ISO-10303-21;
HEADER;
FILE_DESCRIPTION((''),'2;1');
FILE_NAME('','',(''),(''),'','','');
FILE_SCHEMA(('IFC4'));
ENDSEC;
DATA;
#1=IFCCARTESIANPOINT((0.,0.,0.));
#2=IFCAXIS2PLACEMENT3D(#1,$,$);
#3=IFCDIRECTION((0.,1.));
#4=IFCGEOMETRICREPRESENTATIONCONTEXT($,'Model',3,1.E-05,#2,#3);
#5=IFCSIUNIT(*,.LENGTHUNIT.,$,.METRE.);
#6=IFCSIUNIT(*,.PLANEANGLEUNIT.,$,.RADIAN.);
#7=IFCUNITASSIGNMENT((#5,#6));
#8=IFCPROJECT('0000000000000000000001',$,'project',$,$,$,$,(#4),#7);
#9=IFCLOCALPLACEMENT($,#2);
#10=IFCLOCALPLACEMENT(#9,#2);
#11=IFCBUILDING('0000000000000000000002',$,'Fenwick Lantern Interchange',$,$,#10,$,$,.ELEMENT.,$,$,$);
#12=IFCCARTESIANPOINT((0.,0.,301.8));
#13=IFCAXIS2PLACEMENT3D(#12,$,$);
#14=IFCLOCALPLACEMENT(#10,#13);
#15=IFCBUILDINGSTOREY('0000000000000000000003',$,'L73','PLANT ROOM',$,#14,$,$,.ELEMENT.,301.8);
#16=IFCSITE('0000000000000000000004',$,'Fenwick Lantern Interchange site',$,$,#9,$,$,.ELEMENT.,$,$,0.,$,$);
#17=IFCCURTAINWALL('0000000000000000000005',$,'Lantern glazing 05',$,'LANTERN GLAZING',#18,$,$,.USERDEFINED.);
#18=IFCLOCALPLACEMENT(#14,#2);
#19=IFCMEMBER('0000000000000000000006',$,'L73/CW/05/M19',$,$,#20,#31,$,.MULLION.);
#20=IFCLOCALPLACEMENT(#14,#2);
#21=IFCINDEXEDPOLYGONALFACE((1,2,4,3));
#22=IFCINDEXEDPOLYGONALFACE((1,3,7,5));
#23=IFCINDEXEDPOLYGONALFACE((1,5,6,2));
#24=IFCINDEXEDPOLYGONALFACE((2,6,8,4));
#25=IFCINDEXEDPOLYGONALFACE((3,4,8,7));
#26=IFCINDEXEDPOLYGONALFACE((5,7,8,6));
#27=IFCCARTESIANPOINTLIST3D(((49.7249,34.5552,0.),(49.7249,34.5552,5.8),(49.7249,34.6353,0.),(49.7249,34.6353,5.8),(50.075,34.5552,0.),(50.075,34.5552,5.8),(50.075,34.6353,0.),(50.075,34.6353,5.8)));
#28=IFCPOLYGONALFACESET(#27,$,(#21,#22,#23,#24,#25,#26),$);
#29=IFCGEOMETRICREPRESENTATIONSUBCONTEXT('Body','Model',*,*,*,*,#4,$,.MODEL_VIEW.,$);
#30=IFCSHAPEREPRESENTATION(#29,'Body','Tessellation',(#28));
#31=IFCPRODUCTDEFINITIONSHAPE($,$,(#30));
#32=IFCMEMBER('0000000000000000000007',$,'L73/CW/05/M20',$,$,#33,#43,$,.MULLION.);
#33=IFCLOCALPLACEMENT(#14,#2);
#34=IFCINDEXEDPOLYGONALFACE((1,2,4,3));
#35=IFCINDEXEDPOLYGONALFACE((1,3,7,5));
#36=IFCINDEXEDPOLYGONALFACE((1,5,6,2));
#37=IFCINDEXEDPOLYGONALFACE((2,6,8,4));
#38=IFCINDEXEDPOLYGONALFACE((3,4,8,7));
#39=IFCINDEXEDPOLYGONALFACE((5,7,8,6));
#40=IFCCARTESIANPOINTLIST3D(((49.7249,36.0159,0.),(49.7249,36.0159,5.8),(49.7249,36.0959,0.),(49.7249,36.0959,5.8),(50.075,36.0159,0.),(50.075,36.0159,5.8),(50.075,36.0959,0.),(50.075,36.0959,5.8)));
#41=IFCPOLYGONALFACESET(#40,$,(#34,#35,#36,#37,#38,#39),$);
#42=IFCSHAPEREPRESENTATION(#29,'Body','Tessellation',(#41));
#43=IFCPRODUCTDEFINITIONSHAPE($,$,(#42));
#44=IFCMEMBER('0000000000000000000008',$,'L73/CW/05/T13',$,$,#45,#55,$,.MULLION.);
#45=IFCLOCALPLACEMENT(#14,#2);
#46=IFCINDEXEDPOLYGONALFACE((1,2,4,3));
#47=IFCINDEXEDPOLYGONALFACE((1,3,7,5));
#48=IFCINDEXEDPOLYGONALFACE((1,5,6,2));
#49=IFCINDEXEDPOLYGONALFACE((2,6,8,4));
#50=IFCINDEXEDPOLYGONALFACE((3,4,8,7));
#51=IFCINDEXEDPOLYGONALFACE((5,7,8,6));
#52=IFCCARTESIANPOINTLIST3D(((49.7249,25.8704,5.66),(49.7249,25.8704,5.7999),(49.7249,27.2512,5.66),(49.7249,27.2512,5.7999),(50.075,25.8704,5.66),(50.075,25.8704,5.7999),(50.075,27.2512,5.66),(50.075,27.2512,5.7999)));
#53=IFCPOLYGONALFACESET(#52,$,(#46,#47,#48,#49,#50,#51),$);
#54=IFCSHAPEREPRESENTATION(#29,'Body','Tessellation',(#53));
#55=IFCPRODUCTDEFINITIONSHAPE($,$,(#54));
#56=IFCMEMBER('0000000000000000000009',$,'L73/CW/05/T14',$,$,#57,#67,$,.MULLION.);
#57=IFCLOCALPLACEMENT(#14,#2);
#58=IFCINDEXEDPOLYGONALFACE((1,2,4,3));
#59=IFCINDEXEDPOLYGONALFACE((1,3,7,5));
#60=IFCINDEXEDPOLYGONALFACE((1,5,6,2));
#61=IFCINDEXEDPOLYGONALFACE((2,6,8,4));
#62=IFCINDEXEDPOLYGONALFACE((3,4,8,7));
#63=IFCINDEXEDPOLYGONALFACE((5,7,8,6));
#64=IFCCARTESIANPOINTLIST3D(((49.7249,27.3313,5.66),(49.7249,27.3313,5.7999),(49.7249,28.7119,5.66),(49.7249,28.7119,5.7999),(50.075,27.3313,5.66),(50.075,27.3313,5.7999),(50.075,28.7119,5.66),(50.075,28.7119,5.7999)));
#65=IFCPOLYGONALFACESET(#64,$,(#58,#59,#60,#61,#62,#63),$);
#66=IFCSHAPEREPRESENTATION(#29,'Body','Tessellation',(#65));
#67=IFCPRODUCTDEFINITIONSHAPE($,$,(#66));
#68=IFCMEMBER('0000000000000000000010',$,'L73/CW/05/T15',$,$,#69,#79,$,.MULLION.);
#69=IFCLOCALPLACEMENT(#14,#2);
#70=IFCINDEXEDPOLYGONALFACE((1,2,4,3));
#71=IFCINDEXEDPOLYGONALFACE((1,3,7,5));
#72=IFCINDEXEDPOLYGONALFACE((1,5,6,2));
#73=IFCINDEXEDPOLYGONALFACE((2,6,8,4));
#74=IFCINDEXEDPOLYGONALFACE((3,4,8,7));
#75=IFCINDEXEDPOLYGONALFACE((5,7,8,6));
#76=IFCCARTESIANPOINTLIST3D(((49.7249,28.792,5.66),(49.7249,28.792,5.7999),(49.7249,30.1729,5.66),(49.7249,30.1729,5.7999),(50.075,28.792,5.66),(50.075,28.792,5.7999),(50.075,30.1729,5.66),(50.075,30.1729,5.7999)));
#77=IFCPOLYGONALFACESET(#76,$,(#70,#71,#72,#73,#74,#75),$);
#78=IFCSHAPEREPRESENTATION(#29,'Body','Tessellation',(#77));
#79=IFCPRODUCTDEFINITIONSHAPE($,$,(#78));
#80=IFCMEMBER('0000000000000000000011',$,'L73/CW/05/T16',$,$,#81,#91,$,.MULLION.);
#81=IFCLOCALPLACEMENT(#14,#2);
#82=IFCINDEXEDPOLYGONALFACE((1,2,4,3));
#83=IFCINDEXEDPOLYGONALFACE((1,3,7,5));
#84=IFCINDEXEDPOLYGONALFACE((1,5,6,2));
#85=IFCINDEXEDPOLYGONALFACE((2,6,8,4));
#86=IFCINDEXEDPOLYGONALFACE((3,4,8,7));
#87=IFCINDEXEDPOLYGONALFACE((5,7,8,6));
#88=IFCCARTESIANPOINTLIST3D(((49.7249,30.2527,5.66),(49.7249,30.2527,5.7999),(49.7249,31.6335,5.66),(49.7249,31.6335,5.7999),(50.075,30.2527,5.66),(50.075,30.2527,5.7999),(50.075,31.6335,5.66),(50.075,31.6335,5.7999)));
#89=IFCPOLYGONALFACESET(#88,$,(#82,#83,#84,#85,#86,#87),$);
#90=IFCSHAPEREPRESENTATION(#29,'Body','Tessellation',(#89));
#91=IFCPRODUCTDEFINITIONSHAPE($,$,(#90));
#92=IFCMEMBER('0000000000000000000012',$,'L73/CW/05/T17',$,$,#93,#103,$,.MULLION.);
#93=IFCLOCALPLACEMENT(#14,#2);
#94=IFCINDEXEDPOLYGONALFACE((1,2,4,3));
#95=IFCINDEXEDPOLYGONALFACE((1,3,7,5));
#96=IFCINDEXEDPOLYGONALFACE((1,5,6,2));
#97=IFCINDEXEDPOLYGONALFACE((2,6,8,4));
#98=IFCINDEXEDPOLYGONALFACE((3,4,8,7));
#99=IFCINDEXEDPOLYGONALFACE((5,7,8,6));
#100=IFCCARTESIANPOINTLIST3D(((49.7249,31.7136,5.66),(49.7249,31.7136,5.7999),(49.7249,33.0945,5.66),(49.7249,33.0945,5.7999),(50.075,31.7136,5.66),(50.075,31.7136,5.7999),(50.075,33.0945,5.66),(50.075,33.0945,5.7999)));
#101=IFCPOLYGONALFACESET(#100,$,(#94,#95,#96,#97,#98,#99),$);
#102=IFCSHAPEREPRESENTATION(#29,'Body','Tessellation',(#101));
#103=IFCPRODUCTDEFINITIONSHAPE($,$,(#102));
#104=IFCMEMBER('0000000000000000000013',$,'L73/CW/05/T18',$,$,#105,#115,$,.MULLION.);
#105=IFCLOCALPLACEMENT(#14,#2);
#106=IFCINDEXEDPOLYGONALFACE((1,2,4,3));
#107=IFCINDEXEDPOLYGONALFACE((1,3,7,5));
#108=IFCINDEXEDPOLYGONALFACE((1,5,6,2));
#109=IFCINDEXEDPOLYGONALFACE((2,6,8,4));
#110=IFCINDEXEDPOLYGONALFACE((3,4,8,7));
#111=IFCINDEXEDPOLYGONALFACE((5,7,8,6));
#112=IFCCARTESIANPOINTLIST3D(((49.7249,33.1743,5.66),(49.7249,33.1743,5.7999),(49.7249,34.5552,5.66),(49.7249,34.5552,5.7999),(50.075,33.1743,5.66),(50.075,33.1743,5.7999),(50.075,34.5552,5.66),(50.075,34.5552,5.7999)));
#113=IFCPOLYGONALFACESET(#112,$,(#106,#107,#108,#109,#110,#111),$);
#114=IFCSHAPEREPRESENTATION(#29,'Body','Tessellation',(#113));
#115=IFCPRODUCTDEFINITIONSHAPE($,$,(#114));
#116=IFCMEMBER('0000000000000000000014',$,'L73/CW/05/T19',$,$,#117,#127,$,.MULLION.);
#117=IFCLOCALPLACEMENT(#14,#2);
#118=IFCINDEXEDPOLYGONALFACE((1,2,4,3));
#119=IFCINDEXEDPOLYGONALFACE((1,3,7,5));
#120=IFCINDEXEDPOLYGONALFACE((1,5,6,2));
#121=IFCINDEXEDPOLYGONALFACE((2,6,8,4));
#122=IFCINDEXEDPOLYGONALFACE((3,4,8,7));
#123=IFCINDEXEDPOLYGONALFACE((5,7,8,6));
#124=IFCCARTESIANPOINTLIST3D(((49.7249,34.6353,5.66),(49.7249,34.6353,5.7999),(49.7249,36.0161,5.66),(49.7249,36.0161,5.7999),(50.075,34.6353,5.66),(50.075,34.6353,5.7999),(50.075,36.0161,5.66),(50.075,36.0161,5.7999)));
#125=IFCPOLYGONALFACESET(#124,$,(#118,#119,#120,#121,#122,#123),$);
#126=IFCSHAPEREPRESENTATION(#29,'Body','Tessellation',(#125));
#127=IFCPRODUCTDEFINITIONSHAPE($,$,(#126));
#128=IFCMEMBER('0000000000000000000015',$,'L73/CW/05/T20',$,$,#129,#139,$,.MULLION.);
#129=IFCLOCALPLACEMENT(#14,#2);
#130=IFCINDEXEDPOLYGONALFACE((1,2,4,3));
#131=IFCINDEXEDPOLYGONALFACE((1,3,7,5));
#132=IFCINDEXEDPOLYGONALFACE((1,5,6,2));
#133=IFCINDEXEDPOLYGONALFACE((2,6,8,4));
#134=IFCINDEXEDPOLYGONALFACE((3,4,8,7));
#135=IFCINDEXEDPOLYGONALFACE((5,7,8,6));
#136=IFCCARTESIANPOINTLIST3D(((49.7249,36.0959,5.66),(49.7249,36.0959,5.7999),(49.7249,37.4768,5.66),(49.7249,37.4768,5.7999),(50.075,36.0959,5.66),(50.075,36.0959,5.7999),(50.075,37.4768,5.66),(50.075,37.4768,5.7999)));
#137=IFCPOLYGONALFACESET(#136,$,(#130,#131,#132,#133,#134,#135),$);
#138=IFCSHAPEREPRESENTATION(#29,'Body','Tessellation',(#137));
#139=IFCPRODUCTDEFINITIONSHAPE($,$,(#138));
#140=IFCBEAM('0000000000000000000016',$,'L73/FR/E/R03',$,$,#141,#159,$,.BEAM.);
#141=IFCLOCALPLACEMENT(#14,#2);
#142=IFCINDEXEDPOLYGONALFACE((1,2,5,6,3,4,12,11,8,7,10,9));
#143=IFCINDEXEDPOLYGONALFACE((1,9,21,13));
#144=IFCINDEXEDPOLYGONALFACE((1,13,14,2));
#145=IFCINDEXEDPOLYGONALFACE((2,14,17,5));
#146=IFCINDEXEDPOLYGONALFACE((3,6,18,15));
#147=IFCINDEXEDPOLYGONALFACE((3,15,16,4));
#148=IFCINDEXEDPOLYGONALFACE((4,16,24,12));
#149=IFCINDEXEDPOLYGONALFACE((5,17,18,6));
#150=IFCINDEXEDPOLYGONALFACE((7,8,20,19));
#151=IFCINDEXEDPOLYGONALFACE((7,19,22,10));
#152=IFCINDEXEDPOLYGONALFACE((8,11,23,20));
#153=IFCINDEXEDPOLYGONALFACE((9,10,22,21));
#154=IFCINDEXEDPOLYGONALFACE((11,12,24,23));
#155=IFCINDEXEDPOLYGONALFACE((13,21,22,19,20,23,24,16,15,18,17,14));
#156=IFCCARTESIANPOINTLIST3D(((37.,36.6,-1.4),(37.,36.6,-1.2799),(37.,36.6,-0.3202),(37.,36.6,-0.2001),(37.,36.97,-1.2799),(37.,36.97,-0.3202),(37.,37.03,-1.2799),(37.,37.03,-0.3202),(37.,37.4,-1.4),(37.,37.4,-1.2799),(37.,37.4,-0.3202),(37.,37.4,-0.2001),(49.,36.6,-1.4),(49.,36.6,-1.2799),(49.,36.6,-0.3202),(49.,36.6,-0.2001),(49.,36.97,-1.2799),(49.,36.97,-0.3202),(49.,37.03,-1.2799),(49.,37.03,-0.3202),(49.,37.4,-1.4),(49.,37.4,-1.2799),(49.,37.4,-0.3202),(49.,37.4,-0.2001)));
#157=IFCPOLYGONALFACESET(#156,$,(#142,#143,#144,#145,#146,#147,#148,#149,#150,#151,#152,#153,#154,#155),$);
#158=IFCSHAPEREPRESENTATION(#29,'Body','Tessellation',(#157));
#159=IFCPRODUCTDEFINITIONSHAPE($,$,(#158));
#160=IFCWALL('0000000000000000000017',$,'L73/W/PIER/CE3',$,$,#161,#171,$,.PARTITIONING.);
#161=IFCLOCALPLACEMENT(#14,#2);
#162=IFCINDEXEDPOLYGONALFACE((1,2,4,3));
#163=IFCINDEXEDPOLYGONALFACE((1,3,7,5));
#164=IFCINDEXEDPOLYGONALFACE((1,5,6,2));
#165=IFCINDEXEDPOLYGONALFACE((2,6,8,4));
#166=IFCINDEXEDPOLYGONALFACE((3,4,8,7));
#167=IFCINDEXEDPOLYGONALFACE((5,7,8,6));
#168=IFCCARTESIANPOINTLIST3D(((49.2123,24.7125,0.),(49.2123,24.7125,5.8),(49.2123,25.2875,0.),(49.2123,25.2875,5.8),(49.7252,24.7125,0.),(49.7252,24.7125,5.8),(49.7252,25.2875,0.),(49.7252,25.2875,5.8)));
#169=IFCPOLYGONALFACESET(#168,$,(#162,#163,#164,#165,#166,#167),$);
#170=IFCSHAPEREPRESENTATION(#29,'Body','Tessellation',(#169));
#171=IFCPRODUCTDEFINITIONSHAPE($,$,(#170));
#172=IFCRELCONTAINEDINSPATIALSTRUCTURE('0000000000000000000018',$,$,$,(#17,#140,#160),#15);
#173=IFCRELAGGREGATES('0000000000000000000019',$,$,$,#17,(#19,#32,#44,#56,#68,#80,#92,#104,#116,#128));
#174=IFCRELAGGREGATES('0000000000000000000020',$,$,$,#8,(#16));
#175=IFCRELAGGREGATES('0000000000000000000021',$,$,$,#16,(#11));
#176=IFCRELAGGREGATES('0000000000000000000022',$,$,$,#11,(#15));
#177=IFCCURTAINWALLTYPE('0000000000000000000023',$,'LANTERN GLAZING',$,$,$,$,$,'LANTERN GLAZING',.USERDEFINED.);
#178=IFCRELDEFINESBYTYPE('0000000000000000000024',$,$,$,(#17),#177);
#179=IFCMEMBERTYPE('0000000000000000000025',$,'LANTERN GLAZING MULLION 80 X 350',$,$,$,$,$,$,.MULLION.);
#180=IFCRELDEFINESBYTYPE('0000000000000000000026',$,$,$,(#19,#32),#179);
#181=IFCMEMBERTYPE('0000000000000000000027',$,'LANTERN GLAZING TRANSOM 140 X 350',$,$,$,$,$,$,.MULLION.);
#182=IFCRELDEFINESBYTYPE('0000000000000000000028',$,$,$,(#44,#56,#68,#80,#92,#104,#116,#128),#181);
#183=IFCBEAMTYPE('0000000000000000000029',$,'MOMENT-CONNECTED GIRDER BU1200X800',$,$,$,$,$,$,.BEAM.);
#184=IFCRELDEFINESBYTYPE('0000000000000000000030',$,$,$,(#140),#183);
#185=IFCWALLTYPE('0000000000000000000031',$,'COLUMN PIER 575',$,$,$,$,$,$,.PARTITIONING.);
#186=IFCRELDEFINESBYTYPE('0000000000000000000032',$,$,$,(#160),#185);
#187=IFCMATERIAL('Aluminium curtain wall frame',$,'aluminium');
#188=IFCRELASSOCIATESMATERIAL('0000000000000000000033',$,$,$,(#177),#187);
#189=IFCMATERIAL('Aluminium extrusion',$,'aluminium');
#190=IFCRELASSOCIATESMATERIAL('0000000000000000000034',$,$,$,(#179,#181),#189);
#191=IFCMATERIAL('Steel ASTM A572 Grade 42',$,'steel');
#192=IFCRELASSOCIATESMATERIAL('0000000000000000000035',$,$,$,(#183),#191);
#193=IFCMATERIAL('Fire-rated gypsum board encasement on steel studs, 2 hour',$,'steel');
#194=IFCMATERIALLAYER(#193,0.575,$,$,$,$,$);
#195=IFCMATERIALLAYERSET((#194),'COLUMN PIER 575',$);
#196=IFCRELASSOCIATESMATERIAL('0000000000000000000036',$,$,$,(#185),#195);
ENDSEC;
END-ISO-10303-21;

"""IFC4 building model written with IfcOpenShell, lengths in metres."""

from ifc_helpers import new_model, si_unit, direction, frame, frame_2d, origin, origin_2d, place, context, subcontext, project, spatial, rectangle, i_section, extrude, material, layer, layer_set, material_profile, profile_set, type_object, element, aggregate, save


model = new_model("IFC4")

# Units and contexts
model_context = context("Model", 3, precision=1e-05, world=origin(), true_north=direction((0.0, 1.0)))
body_context = subcontext(model_context, "Body", "Model", "MODEL_VIEW")
ifc_project = project(units=[si_unit("LENGTHUNIT", "METRE"), si_unit("PLANEANGLEUNIT", "RADIAN")], contexts=[model_context])

# Site, building, storey
site_placement = place(None, origin())
site = spatial("IfcSite", under=ifc_project, at=site_placement, Name="Fenwick Lantern Interchange site", CompositionType="ELEMENT", RefElevation=0.0)
building_placement = place(site_placement, origin())
building = spatial("IfcBuilding", under=site, at=building_placement, Name="Fenwick Lantern Interchange", CompositionType="ELEMENT")
storey_placement = place(building_placement, frame((0.0, 0.0, 301.8)))
storey = spatial("IfcBuildingStorey", under=building, at=storey_placement, Name="L73", Description="PLANT ROOM", CompositionType="ELEMENT", Elevation=301.8)

# Curtain wall, members
ifc_material_1 = material(Name="Aluminium curtain wall frame", Category="aluminium")
curtain_wall_type = type_object("IfcCurtainWallType", Name="LANTERN GLAZING", ElementType="LANTERN GLAZING", PredefinedType="USERDEFINED", material=ifc_material_1)
curtain_wall_placement = place(storey_placement, origin())
curtain_wall = element("IfcCurtainWall", 1, at=curtain_wall_placement, inside=storey, type_object=curtain_wall_type, Name="Lantern glazing 05", ObjectType="LANTERN GLAZING", PredefinedType="USERDEFINED")
ifc_material_2 = material(Name="Aluminium extrusion", Category="aluminium")
ifc_material_profile_1 = material_profile(ifc_material_2, rectangle(XDim=0.3501, YDim=0.0801, at=origin_2d()), Name="LANTERN GLAZING MULLION 80 X 350")
ifc_profile_set_1 = profile_set([ifc_material_profile_1], Name="Aluminium extrusion")
member_type_1 = type_object("IfcMemberType", Name="LANTERN GLAZING MULLION 80 X 350", PredefinedType="MULLION", material=ifc_profile_set_1)
member_1_placement = place(storey_placement, frame((49.8999, 34.5952, 0.0), z_axis=(0.0, 0.0, 1.0), x_axis=(-1.0, 0.0, 0.0)))
member_1 = element("IfcMember", 2, at=member_1_placement, type_object=member_type_1, Name="L73/CW/05/M19", PredefinedType="MULLION", context=body_context, shape_type="SweptSolid", body=[
    extrude(rectangle(XDim=0.3501, YDim=0.0801, at=origin_2d()), origin(), (0.0, 0.0, 1.0), 5.8),
])
member_2_placement = place(storey_placement, frame((49.8999, 36.0559, 0.0), z_axis=(0.0, 0.0, 1.0), x_axis=(-1.0, 0.0, 0.0)))
member_2 = element("IfcMember", 3, at=member_2_placement, type_object=member_type_1, Name="L73/CW/05/M20", PredefinedType="MULLION", context=body_context, shape_type="SweptSolid", body=[
    extrude(rectangle(XDim=0.3501, YDim=0.0801, at=origin_2d()), origin(), (0.0, 0.0, 1.0), 5.8),
])
ifc_material_profile_2 = material_profile(ifc_material_2, rectangle(XDim=0.3501, YDim=0.1399, at=origin_2d()), Name="LANTERN GLAZING TRANSOM 140 X 350")
ifc_profile_set_2 = profile_set([ifc_material_profile_2], Name="Aluminium extrusion")
member_type_2 = type_object("IfcMemberType", Name="LANTERN GLAZING TRANSOM 140 X 350", PredefinedType="MULLION", material=ifc_profile_set_2)
member_3_placement = place(storey_placement, frame((49.8999, 25.8704, 5.73), z_axis=(0.0, 1.0, 0.0), x_axis=(-1.0, 0.0, 0.0)))
member_3 = element("IfcMember", 4, at=member_3_placement, type_object=member_type_2, Name="L73/CW/05/T13", PredefinedType="MULLION", context=body_context, shape_type="SweptSolid", body=[
    extrude(rectangle(XDim=0.3501, YDim=0.1399, at=origin_2d()), origin(), (0.0, 0.0, 1.0), 1.3809),
])
member_4_placement = place(storey_placement, frame((49.8999, 27.3313, 5.73), z_axis=(0.0, 1.0, 0.0), x_axis=(-1.0, 0.0, 0.0)))
member_4 = element("IfcMember", 5, at=member_4_placement, type_object=member_type_2, Name="L73/CW/05/T14", PredefinedType="MULLION", context=body_context, shape_type="SweptSolid", body=[
    extrude(rectangle(XDim=0.3501, YDim=0.1399, at=origin_2d()), origin(), (0.0, 0.0, 1.0), 1.3806),
])
member_5_placement = place(storey_placement, frame((49.8999, 28.792, 5.73), z_axis=(0.0, 1.0, 0.0), x_axis=(-1.0, 0.0, 0.0)))
member_5 = element("IfcMember", 6, at=member_5_placement, type_object=member_type_2, Name="L73/CW/05/T15", PredefinedType="MULLION", context=body_context, shape_type="SweptSolid", body=[
    extrude(rectangle(XDim=0.3501, YDim=0.1399, at=origin_2d()), origin(), (0.0, 0.0, 1.0), 1.3809),
])
member_6_placement = place(storey_placement, frame((49.8999, 30.2527, 5.73), z_axis=(0.0, 1.0, 0.0), x_axis=(-1.0, 0.0, 0.0)))
member_6 = element("IfcMember", 7, at=member_6_placement, type_object=member_type_2, Name="L73/CW/05/T16", PredefinedType="MULLION", context=body_context, shape_type="SweptSolid", body=[
    extrude(rectangle(XDim=0.3501, YDim=0.1399, at=origin_2d()), origin(), (0.0, 0.0, 1.0), 1.3809),
])
member_7_placement = place(storey_placement, frame((49.8999, 31.7136, 5.73), z_axis=(0.0, 1.0, 0.0), x_axis=(-1.0, 0.0, 0.0)))
member_7 = element("IfcMember", 8, at=member_7_placement, type_object=member_type_2, Name="L73/CW/05/T17", PredefinedType="MULLION", context=body_context, shape_type="SweptSolid", body=[
    extrude(rectangle(XDim=0.3501, YDim=0.1399, at=origin_2d()), origin(), (0.0, 0.0, 1.0), 1.3809),
])
member_8_placement = place(storey_placement, frame((49.8999, 33.1743, 5.73), z_axis=(0.0, 1.0, 0.0), x_axis=(-1.0, 0.0, 0.0)))
member_8 = element("IfcMember", 9, at=member_8_placement, type_object=member_type_2, Name="L73/CW/05/T18", PredefinedType="MULLION", context=body_context, shape_type="SweptSolid", body=[
    extrude(rectangle(XDim=0.3501, YDim=0.1399, at=origin_2d()), origin(), (0.0, 0.0, 1.0), 1.3809),
])
member_9_placement = place(storey_placement, frame((49.8999, 34.6353, 5.73), z_axis=(0.0, 1.0, 0.0), x_axis=(-1.0, 0.0, 0.0)))
member_9 = element("IfcMember", 10, at=member_9_placement, type_object=member_type_2, Name="L73/CW/05/T19", PredefinedType="MULLION", context=body_context, shape_type="SweptSolid", body=[
    extrude(rectangle(XDim=0.3501, YDim=0.1399, at=origin_2d()), origin(), (0.0, 0.0, 1.0), 1.3809),
])
member_10_placement = place(storey_placement, frame((49.8999, 36.0959, 5.73), z_axis=(0.0, 1.0, 0.0), x_axis=(-1.0, 0.0, 0.0)))
member_10 = element("IfcMember", 11, at=member_10_placement, type_object=member_type_2, Name="L73/CW/05/T20", PredefinedType="MULLION", context=body_context, shape_type="SweptSolid", body=[
    extrude(rectangle(XDim=0.3501, YDim=0.1399, at=origin_2d()), origin(), (0.0, 0.0, 1.0), 1.3809),
])
aggregate(curtain_wall, [member_1, member_2, member_3, member_4, member_5, member_6, member_7, member_8, member_9, member_10])

# Beam
ifc_material_3 = material(Name="Steel ASTM A572 Grade 42", Category="steel")
ifc_material_profile_3 = material_profile(ifc_material_3, i_section(OverallWidth=0.8, OverallDepth=1.2, WebThickness=0.0601, FlangeThickness=0.1201, at=origin_2d()), Name="BU1200X800")
ifc_profile_set_3 = profile_set([ifc_material_profile_3], Name="Steel ASTM A572 Grade 42")
beam_type_1 = type_object("IfcBeamType", Name="MOMENT-CONNECTED GIRDER BU1200X800", PredefinedType="BEAM", material=ifc_profile_set_3)
beam_1_placement = place(storey_placement, frame((49.0, 37.0, -0.8), z_axis=(-1.0, 0.0, 0.0), x_axis=(0.0, -1.0, 0.0)))
element("IfcBeam", 12, at=beam_1_placement, inside=storey, type_object=beam_type_1, Name="L73/FR/E/R03", PredefinedType="BEAM", context=body_context, shape_type="SweptSolid", body=[
    extrude(i_section(OverallWidth=0.8, OverallDepth=1.2, WebThickness=0.0601, FlangeThickness=0.1201, at=origin_2d()), origin(), (0.0, 0.0, 1.0), 12.0),
])

# Wall
ifc_material_4 = material(Name="Fire-rated gypsum board encasement on steel studs, 2 hour", Category="steel")
ifc_layer = layer(ifc_material_4, 0.575)
ifc_layer_set = layer_set([ifc_layer], Name="COLUMN PIER 575")
wall_type = type_object("IfcWallType", Name="COLUMN PIER 575", PredefinedType="PARTITIONING", material=ifc_layer_set)
wall_placement = place(storey_placement, frame((49.7251, 25.0, 0.0), z_axis=(0.0, 0.0, 1.0), x_axis=(-1.0, 0.0, 0.0)))
element("IfcWall", 13, at=wall_placement, inside=storey, type_object=wall_type, Name="L73/W/PIER/CE3", PredefinedType="PARTITIONING", context=body_context, shape_type="SweptSolid", body=[
    extrude(rectangle(XDim=0.5129, YDim=0.575, at=frame_2d((0.2563, 0.0))), origin(), (0.0, 0.0, 1.0), 5.8),
])

save(model, "model.ifc")
